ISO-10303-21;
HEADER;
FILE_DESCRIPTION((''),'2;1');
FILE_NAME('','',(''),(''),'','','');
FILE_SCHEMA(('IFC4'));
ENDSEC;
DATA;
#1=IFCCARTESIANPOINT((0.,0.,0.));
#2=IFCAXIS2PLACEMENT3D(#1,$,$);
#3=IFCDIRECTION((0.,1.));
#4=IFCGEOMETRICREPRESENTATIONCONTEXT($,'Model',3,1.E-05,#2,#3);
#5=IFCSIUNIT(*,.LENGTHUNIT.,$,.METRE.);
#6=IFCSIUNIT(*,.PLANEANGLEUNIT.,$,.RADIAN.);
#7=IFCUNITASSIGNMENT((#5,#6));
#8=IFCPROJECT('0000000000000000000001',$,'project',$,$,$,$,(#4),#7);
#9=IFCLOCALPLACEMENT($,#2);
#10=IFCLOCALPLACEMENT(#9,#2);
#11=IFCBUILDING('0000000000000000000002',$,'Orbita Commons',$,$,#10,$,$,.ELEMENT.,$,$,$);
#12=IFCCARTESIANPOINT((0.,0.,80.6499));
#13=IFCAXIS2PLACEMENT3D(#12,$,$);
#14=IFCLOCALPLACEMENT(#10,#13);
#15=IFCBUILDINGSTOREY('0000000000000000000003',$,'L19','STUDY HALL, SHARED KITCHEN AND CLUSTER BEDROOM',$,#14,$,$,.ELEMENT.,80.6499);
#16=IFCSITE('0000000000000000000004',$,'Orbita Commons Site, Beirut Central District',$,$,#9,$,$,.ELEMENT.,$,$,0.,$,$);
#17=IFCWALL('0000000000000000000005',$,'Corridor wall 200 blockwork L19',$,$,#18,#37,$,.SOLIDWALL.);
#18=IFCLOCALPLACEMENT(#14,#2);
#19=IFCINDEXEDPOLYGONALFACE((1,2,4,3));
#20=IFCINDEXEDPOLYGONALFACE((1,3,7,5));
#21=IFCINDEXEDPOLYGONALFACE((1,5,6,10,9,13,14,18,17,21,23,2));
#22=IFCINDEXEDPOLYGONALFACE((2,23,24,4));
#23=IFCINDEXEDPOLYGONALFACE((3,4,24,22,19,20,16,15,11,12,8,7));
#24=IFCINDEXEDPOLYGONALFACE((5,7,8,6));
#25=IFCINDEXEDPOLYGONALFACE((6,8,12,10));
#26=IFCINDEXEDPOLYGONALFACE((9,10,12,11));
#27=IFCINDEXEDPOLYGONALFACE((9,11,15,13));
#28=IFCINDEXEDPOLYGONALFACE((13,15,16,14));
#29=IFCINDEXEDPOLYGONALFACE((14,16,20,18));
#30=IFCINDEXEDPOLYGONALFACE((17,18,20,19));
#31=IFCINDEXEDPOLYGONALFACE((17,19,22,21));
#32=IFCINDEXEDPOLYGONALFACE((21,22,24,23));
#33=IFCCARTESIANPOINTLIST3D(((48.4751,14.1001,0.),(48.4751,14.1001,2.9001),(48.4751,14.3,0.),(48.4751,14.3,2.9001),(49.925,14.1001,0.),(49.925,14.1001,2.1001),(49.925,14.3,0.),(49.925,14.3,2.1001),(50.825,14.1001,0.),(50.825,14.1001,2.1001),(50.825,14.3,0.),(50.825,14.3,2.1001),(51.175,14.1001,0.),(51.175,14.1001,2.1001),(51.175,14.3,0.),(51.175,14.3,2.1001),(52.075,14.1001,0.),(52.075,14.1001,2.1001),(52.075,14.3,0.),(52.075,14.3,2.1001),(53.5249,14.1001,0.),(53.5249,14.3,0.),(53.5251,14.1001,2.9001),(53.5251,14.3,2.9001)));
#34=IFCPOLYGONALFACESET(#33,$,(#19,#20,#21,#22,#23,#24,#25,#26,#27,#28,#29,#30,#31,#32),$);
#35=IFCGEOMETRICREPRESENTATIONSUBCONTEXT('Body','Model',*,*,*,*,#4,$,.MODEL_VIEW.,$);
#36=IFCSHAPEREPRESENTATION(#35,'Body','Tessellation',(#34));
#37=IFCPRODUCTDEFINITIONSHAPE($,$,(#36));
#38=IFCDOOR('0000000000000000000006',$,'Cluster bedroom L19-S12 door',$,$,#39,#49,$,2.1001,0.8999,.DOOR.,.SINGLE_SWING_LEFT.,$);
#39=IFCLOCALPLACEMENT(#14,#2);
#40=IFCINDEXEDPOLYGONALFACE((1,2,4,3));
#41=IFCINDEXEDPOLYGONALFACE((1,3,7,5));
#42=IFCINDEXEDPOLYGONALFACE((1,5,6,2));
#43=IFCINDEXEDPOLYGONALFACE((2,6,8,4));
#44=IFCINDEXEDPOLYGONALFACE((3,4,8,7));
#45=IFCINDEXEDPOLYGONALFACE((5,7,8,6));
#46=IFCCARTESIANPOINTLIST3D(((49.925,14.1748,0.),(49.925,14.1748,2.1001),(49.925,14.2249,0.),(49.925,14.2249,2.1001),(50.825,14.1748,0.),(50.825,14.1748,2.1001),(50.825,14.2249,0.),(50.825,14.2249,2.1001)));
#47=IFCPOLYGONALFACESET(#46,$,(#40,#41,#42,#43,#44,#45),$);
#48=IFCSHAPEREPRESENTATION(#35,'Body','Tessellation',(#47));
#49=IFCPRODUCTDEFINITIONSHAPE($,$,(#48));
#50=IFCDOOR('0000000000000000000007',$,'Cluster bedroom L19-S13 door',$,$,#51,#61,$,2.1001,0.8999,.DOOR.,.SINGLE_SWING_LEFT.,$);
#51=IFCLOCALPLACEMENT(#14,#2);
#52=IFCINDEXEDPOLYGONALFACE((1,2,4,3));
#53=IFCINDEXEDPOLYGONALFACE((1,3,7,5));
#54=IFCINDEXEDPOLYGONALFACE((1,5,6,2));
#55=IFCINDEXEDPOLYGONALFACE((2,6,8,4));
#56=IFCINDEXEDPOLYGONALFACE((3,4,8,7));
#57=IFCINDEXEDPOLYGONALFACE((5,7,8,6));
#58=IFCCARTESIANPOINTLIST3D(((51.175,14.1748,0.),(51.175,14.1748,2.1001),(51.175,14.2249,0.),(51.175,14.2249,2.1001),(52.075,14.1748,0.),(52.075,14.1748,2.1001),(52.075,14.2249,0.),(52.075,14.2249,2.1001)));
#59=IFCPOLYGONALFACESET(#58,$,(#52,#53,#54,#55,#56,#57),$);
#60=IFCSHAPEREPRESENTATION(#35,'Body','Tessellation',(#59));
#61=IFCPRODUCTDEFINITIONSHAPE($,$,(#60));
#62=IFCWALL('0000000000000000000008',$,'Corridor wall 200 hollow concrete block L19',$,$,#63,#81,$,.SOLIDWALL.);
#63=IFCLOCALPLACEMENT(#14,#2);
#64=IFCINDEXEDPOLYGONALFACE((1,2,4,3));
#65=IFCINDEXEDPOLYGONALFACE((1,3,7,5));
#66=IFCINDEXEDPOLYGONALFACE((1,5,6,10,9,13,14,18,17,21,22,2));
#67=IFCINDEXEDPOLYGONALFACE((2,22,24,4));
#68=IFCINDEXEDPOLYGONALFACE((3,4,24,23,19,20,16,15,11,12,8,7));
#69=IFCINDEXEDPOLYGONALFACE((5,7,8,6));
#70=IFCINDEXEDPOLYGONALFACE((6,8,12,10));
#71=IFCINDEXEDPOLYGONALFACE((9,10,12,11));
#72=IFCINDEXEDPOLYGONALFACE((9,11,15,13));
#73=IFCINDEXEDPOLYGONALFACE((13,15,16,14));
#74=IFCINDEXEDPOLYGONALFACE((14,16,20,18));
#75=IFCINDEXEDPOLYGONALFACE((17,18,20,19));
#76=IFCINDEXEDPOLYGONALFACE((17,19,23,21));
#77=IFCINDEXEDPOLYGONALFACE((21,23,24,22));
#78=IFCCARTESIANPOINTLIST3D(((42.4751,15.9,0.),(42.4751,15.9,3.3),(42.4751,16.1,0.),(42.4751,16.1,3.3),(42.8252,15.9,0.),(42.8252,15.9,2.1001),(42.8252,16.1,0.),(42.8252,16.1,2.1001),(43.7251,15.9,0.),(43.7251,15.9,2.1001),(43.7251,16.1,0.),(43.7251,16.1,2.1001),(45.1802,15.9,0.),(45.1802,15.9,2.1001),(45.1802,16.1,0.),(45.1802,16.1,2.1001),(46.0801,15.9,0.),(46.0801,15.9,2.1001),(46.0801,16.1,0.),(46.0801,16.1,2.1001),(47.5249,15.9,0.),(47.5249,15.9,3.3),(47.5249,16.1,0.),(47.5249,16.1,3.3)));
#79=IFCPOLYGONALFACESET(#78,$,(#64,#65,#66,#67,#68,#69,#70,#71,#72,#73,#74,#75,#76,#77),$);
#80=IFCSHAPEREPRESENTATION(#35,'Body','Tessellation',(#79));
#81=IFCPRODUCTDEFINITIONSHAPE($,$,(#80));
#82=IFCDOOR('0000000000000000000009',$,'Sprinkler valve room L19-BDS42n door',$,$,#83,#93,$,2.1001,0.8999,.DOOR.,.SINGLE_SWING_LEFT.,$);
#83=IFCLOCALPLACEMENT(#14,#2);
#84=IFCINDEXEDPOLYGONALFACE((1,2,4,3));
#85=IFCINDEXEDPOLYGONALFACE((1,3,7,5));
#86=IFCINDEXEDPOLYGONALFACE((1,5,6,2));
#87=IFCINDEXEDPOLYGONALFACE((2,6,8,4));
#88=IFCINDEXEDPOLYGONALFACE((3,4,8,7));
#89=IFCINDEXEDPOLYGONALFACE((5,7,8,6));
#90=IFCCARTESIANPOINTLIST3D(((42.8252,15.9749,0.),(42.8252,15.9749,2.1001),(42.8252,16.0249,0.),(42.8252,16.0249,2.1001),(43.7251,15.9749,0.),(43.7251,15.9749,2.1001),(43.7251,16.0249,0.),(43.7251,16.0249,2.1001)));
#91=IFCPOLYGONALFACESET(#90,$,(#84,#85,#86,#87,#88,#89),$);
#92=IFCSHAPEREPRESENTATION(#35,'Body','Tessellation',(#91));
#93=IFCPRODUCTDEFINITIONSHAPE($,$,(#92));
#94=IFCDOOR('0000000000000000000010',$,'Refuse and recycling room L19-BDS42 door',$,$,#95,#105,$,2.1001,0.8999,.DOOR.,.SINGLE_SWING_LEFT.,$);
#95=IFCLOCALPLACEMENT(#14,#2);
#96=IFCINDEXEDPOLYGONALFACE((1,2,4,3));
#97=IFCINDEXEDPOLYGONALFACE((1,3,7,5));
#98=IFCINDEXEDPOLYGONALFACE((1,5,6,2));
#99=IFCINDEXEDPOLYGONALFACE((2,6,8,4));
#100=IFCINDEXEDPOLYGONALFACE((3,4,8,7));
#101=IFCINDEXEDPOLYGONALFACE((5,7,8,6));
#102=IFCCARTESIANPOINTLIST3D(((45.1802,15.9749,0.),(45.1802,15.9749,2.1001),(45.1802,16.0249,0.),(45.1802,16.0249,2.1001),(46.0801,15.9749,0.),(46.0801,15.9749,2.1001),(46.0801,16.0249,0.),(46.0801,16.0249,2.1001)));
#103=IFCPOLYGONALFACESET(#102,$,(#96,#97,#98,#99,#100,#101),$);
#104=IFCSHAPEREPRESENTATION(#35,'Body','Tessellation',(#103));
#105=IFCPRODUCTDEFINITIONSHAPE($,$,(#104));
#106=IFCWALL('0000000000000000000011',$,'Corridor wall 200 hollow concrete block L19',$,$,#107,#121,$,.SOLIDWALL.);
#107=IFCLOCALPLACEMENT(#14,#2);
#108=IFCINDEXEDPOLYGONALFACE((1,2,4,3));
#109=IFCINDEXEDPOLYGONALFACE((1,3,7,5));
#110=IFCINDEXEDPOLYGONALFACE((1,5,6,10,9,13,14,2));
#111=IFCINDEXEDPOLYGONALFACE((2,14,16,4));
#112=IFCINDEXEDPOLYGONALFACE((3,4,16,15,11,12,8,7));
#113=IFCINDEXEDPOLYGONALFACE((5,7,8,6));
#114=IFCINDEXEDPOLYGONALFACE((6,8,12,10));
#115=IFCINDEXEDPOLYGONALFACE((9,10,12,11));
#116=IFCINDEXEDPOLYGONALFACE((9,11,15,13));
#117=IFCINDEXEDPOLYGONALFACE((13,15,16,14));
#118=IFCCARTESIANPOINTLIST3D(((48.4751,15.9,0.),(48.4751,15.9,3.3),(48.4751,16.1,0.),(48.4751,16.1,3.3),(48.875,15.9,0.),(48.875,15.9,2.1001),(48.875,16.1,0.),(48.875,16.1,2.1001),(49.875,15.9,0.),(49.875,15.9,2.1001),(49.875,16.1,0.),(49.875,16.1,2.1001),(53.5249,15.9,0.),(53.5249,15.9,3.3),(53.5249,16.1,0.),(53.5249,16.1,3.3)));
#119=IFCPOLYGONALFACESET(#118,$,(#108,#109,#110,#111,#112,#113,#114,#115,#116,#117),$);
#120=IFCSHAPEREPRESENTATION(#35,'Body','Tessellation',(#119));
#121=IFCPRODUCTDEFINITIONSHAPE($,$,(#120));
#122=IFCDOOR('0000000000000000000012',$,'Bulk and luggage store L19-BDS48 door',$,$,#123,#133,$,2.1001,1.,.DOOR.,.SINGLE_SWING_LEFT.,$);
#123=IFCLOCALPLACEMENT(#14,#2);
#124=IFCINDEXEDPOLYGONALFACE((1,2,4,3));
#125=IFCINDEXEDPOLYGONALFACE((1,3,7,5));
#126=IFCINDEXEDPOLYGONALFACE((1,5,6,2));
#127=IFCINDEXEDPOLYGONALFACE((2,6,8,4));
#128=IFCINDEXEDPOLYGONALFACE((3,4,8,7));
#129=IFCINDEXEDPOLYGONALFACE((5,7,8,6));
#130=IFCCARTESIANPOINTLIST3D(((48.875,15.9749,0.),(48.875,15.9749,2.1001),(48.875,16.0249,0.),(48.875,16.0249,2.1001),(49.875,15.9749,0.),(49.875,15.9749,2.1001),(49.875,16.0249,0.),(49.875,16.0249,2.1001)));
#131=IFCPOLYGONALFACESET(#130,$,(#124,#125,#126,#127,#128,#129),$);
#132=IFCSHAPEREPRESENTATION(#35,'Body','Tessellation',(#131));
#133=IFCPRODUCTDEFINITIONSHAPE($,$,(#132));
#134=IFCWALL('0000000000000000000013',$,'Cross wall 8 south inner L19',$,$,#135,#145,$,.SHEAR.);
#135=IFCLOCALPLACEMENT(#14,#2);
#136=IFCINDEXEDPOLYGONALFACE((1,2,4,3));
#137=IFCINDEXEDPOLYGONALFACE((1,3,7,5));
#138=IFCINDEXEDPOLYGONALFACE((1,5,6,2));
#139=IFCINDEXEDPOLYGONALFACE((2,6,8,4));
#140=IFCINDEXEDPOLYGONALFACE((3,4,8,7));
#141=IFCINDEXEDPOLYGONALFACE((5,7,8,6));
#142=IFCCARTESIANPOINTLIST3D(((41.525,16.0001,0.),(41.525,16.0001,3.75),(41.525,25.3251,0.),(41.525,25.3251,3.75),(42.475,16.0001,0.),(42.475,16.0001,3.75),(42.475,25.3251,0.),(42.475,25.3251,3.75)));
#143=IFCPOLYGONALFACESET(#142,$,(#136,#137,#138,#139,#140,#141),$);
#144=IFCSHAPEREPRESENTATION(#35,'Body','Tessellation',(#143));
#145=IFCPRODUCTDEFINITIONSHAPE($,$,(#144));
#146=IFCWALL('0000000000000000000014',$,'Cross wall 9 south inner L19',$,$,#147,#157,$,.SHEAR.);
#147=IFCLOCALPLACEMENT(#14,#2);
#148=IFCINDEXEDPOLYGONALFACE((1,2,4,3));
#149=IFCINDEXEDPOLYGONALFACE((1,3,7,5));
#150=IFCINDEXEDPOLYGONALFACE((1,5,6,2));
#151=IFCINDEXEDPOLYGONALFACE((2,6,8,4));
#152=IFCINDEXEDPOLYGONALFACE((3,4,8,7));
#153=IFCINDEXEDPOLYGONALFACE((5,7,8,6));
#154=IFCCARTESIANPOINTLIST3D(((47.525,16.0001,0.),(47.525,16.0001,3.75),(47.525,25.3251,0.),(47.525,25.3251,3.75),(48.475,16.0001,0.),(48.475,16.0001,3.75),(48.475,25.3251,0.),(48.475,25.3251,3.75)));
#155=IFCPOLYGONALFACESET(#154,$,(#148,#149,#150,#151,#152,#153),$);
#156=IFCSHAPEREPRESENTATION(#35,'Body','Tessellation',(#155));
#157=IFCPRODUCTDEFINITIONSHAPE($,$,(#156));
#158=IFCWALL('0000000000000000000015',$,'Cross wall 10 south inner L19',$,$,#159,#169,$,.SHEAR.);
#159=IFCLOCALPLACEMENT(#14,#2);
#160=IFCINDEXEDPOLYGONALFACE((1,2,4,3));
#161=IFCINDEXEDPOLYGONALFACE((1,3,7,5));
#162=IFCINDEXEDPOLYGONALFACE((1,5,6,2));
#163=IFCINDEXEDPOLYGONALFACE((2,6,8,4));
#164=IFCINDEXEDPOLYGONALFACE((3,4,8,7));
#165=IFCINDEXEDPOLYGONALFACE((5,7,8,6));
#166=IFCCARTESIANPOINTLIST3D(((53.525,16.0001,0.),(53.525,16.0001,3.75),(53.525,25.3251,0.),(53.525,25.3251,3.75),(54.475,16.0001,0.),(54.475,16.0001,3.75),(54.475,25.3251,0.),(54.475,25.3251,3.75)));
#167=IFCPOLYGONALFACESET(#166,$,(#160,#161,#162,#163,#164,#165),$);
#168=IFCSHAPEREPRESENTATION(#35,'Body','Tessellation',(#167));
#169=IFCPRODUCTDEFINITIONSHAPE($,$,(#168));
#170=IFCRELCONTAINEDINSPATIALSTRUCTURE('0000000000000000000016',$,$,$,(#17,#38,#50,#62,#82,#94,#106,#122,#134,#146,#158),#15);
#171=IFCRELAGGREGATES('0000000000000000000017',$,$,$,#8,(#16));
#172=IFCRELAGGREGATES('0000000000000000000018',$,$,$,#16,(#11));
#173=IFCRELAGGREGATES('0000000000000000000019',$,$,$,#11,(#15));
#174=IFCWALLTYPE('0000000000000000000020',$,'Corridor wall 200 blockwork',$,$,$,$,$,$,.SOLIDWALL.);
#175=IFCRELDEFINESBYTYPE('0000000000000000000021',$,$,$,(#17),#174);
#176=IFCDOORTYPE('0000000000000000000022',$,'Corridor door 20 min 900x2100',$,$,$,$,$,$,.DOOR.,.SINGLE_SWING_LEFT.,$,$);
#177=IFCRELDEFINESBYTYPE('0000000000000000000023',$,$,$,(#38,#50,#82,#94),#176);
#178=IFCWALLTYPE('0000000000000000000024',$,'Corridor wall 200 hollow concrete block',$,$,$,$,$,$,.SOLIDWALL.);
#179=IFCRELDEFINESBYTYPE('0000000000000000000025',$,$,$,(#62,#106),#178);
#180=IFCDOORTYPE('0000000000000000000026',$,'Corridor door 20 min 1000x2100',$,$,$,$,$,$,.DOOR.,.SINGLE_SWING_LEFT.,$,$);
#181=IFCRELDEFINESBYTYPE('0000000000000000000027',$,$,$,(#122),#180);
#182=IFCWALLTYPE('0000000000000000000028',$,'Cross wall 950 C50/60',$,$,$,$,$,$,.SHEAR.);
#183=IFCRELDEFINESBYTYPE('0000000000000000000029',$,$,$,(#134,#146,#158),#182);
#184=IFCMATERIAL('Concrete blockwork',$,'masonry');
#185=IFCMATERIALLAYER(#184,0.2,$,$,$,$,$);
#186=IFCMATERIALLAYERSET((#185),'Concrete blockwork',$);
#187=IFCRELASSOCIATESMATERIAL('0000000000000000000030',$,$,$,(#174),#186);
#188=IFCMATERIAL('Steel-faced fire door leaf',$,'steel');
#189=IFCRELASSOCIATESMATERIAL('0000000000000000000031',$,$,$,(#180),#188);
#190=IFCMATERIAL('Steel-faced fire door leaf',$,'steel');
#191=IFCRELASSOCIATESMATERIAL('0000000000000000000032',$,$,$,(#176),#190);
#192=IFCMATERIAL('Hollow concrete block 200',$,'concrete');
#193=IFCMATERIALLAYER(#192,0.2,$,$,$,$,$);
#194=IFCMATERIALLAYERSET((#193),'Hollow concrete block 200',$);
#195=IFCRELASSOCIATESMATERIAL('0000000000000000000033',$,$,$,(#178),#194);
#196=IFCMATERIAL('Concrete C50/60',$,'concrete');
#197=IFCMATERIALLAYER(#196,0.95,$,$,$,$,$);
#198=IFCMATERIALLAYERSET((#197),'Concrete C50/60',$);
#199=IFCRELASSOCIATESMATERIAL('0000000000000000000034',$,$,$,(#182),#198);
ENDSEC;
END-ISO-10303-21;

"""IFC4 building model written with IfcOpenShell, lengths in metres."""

from ifc_helpers import new_model, si_unit, direction, frame, frame_2d, origin, place, context, subcontext, project, spatial, polyline, rectangle, outline, extrude, material, layer, layer_set, type_object, element, fill, save


model = new_model("IFC4")

# Units and contexts
model_context = context("Model", 3, precision=1e-05, world=origin(), true_north=direction((0.0, 1.0)))
body_context = subcontext(model_context, "Body", "Model", "MODEL_VIEW")
ifc_project = project(units=[si_unit("LENGTHUNIT", "METRE"), si_unit("PLANEANGLEUNIT", "RADIAN")], contexts=[model_context])

# Site, building, storey
site_placement = place(None, origin())
site = spatial("IfcSite", under=ifc_project, at=site_placement, Name="Orbita Commons Site, Beirut Central District", CompositionType="ELEMENT", RefElevation=0.0)
building_placement = place(site_placement, origin())
building = spatial("IfcBuilding", under=site, at=building_placement, Name="Orbita Commons", CompositionType="ELEMENT")
storey_placement = place(building_placement, frame((0.0, 0.0, 80.6499)))
storey = spatial("IfcBuildingStorey", under=building, at=storey_placement, Name="L19", Description="STUDY HALL, SHARED KITCHEN AND CLUSTER BEDROOM", CompositionType="ELEMENT", Elevation=80.6499)

# Shared definitions
ifc_material_1 = material(Name="Concrete blockwork", Category="masonry")
ifc_layer_1 = layer(ifc_material_1, 0.2)
ifc_layer_set_1 = layer_set([ifc_layer_1], Name="Concrete blockwork")
wall_type_1 = type_object("IfcWallType", Name="Corridor wall 200 blockwork", PredefinedType="SOLIDWALL", material=ifc_layer_set_1)
ifc_material_2 = material(Name="Steel-faced fire door leaf", Category="steel")
door_type_1 = type_object("IfcDoorType", Name="Corridor door 20 min 1000x2100", OperationType="SINGLE_SWING_LEFT", PredefinedType="DOOR", material=ifc_material_2)

# Walls, openings, doors
wall_1_placement = place(storey_placement, frame((48.4751, 14.2, 0.0), z_axis=(0.0, 0.0, 1.0), x_axis=(1.0, 0.0, 0.0)))
wall_1 = element("IfcWall", 1, at=wall_1_placement, inside=storey, type_object=wall_type_1, Name="Corridor wall 200 blockwork L19", PredefinedType="SOLIDWALL", context=body_context, shape_type="SweptSolid", body=[
    extrude(outline(polyline([(0.0, 0.0), (5.0498, 0.0), (5.05, 2.9001), (0.0, 2.9001), (0.0, 0.0)])), frame((0.0, 0.1001, 0.0), z_axis=(0.0, -1.0, 0.0), x_axis=(1.0, 0.0, 0.0)), (0.0, 0.0, 1.0), 0.2),
])
opening_1_placement = place(wall_1_placement, frame((1.45, 0.0, 0.0)))
opening_1 = element("IfcOpeningElement", 2, at=opening_1_placement, cuts=wall_1, PredefinedType="OPENING", context=body_context, shape_type="SweptSolid", body=[
    extrude(rectangle(XDim=0.8999, YDim=2.1001, at=frame_2d((0.45, 1.05))), frame((0.0, 0.1099, 0.0), z_axis=(0.0, -1.0, 0.0), x_axis=(1.0, 0.0, 0.0)), (0.0, 0.0, 1.0), 0.22),
])
opening_2_placement = place(wall_1_placement, frame((2.7, 0.0, 0.0)))
opening_2 = element("IfcOpeningElement", 3, at=opening_2_placement, cuts=wall_1, PredefinedType="OPENING", context=body_context, shape_type="SweptSolid", body=[
    extrude(rectangle(XDim=0.8999, YDim=2.1001, at=frame_2d((0.45, 1.05))), frame((0.0, 0.1099, 0.0), z_axis=(0.0, -1.0, 0.0), x_axis=(1.0, 0.0, 0.0)), (0.0, 0.0, 1.0), 0.22),
])
ifc_material_3 = material(Name="Steel-faced fire door leaf", Category="steel")
door_type_2 = type_object("IfcDoorType", Name="Corridor door 20 min 900x2100", OperationType="SINGLE_SWING_LEFT", PredefinedType="DOOR", material=ifc_material_3)
door_1_placement = place(opening_1_placement, origin())
door_1 = element("IfcDoor", 4, at=door_1_placement, inside=storey, type_object=door_type_2, Name="Cluster bedroom L19-S12 door", OperationType="SINGLE_SWING_LEFT", OverallHeight=2.1001, OverallWidth=0.8999, PredefinedType="DOOR", context=body_context, shape_type="SweptSolid", body=[
    extrude(rectangle(XDim=0.8999, YDim=2.1001, at=frame_2d((0.45, 1.05))), frame((0.0, 0.0249, 0.0), z_axis=(0.0, -1.0, 0.0), x_axis=(1.0, 0.0, 0.0)), (0.0, 0.0, 1.0), 0.05),
])
fill(opening_1, door_1)
door_2_placement = place(opening_2_placement, origin())
door_2 = element("IfcDoor", 5, at=door_2_placement, inside=storey, type_object=door_type_2, Name="Cluster bedroom L19-S13 door", OperationType="SINGLE_SWING_LEFT", OverallHeight=2.1001, OverallWidth=0.8999, PredefinedType="DOOR", context=body_context, shape_type="SweptSolid", body=[
    extrude(rectangle(XDim=0.8999, YDim=2.1001, at=frame_2d((0.45, 1.05))), frame((0.0, 0.0249, 0.0), z_axis=(0.0, -1.0, 0.0), x_axis=(1.0, 0.0, 0.0)), (0.0, 0.0, 1.0), 0.05),
])
fill(opening_2, door_2)
ifc_material_4 = material(Name="Hollow concrete block 200", Category="concrete")
ifc_layer_2 = layer(ifc_material_4, 0.2)
ifc_layer_set_2 = layer_set([ifc_layer_2], Name="Hollow concrete block 200")
wall_type_2 = type_object("IfcWallType", Name="Corridor wall 200 hollow concrete block", PredefinedType="SOLIDWALL", material=ifc_layer_set_2)
wall_2_placement = place(storey_placement, frame((42.4751, 16.0, 0.0), z_axis=(0.0, 0.0, 1.0), x_axis=(1.0, 0.0, 0.0)))
wall_2 = element("IfcWall", 6, at=wall_2_placement, inside=storey, type_object=wall_type_2, Name="Corridor wall 200 hollow concrete block L19", PredefinedType="SOLIDWALL", context=body_context, shape_type="SweptSolid", body=[
    extrude(rectangle(XDim=5.0498, YDim=0.2, at=frame_2d((2.5249, 0.0))), origin(), (0.0, 0.0, 1.0), 3.3),
])
opening_3_placement = place(wall_2_placement, frame((0.3501, 0.0, 0.0)))
opening_3 = element("IfcOpeningElement", 7, at=opening_3_placement, cuts=wall_2, PredefinedType="OPENING", context=body_context, shape_type="SweptSolid", body=[
    extrude(rectangle(XDim=0.8999, YDim=2.1001, at=frame_2d((0.45, 1.05))), frame((0.0, 0.1099, 0.0), z_axis=(0.0, -1.0, 0.0), x_axis=(1.0, 0.0, 0.0)), (0.0, 0.0, 1.0), 0.22),
])
opening_4_placement = place(wall_2_placement, frame((2.7051, 0.0, 0.0)))
opening_4 = element("IfcOpeningElement", 8, at=opening_4_placement, cuts=wall_2, PredefinedType="OPENING", context=body_context, shape_type="SweptSolid", body=[
    extrude(rectangle(XDim=0.8999, YDim=2.1001, at=frame_2d((0.45, 1.05))), frame((0.0, 0.1099, 0.0), z_axis=(0.0, -1.0, 0.0), x_axis=(1.0, 0.0, 0.0)), (0.0, 0.0, 1.0), 0.22),
])
door_3_placement = place(opening_3_placement, origin())
door_3 = element("IfcDoor", 9, at=door_3_placement, inside=storey, type_object=door_type_2, Name="Sprinkler valve room L19-BDS42n door", OperationType="SINGLE_SWING_LEFT", OverallHeight=2.1001, OverallWidth=0.8999, PredefinedType="DOOR", context=body_context, shape_type="SweptSolid", body=[
    extrude(rectangle(XDim=0.8999, YDim=2.1001, at=frame_2d((0.45, 1.05))), frame((0.0, 0.0249, 0.0), z_axis=(0.0, -1.0, 0.0), x_axis=(1.0, 0.0, 0.0)), (0.0, 0.0, 1.0), 0.05),
])
fill(opening_3, door_3)
door_4_placement = place(opening_4_placement, origin())
door_4 = element("IfcDoor", 10, at=door_4_placement, inside=storey, type_object=door_type_2, Name="Refuse and recycling room L19-BDS42 door", OperationType="SINGLE_SWING_LEFT", OverallHeight=2.1001, OverallWidth=0.8999, PredefinedType="DOOR", context=body_context, shape_type="SweptSolid", body=[
    extrude(rectangle(XDim=0.8999, YDim=2.1001, at=frame_2d((0.45, 1.05))), frame((0.0, 0.0249, 0.0), z_axis=(0.0, -1.0, 0.0), x_axis=(1.0, 0.0, 0.0)), (0.0, 0.0, 1.0), 0.05),
])
fill(opening_4, door_4)

# Wall, opening, door
wall_3_placement = place(storey_placement, frame((48.4751, 16.0, 0.0), z_axis=(0.0, 0.0, 1.0), x_axis=(1.0, 0.0, 0.0)))
wall_3 = element("IfcWall", 11, at=wall_3_placement, inside=storey, type_object=wall_type_2, Name="Corridor wall 200 hollow concrete block L19", PredefinedType="SOLIDWALL", context=body_context, shape_type="SweptSolid", body=[
    extrude(rectangle(XDim=5.0498, YDim=0.2, at=frame_2d((2.5249, 0.0))), origin(), (0.0, 0.0, 1.0), 3.3),
])
opening_5_placement = place(wall_3_placement, frame((0.3999, 0.0, 0.0)))
opening_5 = element("IfcOpeningElement", 12, at=opening_5_placement, cuts=wall_3, PredefinedType="OPENING", context=body_context, shape_type="SweptSolid", body=[
    extrude(rectangle(XDim=1.0, YDim=2.1001, at=frame_2d((0.5, 1.05))), frame((0.0, 0.1099, 0.0), z_axis=(0.0, -1.0, 0.0), x_axis=(1.0, 0.0, 0.0)), (0.0, 0.0, 1.0), 0.22),
])
door_5_placement = place(opening_5_placement, origin())
door_5 = element("IfcDoor", 13, at=door_5_placement, inside=storey, type_object=door_type_1, Name="Bulk and luggage store L19-BDS48 door", OperationType="SINGLE_SWING_LEFT", OverallHeight=2.1001, OverallWidth=1.0, PredefinedType="DOOR", context=body_context, shape_type="SweptSolid", body=[
    extrude(rectangle(XDim=1.0, YDim=2.1001, at=frame_2d((0.5, 1.05))), frame((0.0, 0.0249, 0.0), z_axis=(0.0, -1.0, 0.0), x_axis=(1.0, 0.0, 0.0)), (0.0, 0.0, 1.0), 0.05),
])
fill(opening_5, door_5)

# Walls
ifc_material_5 = material(Name="Concrete C50/60", Category="concrete")
ifc_layer_3 = layer(ifc_material_5, 0.95)
ifc_layer_set_3 = layer_set([ifc_layer_3], Name="Concrete C50/60")
wall_type_3 = type_object("IfcWallType", Name="Cross wall 950 C50/60", PredefinedType="SHEAR", material=ifc_layer_set_3)
for number, where, z_axis, x_axis, name in (
    (14, (42.0, 16.0, 0.0), (0.0, 0.0, 1.0), (0.0, 1.0, 0.0), "Cross wall 8 south inner L19"),
    (15, (48.0, 16.0, 0.0), (0.0, 0.0, 1.0), (0.0, 1.0, 0.0), "Cross wall 9 south inner L19"),
    (16, (54.0, 16.0, 0.0), (0.0, 0.0, 1.0), (0.0, 1.0, 0.0), "Cross wall 10 south inner L19"),
):
    element("IfcWall", number, at=place(storey_placement, frame(where, z_axis=z_axis, x_axis=x_axis)), inside=storey, type_object=wall_type_3, Name=name, PredefinedType="SHEAR", context=body_context, shape_type="SweptSolid", body=[
        extrude(rectangle(XDim=9.325, YDim=0.95, at=frame_2d((4.6626, 0.0))), origin(), (0.0, 0.0, 1.0), 3.75),
    ])

save(model, "model.ifc")
